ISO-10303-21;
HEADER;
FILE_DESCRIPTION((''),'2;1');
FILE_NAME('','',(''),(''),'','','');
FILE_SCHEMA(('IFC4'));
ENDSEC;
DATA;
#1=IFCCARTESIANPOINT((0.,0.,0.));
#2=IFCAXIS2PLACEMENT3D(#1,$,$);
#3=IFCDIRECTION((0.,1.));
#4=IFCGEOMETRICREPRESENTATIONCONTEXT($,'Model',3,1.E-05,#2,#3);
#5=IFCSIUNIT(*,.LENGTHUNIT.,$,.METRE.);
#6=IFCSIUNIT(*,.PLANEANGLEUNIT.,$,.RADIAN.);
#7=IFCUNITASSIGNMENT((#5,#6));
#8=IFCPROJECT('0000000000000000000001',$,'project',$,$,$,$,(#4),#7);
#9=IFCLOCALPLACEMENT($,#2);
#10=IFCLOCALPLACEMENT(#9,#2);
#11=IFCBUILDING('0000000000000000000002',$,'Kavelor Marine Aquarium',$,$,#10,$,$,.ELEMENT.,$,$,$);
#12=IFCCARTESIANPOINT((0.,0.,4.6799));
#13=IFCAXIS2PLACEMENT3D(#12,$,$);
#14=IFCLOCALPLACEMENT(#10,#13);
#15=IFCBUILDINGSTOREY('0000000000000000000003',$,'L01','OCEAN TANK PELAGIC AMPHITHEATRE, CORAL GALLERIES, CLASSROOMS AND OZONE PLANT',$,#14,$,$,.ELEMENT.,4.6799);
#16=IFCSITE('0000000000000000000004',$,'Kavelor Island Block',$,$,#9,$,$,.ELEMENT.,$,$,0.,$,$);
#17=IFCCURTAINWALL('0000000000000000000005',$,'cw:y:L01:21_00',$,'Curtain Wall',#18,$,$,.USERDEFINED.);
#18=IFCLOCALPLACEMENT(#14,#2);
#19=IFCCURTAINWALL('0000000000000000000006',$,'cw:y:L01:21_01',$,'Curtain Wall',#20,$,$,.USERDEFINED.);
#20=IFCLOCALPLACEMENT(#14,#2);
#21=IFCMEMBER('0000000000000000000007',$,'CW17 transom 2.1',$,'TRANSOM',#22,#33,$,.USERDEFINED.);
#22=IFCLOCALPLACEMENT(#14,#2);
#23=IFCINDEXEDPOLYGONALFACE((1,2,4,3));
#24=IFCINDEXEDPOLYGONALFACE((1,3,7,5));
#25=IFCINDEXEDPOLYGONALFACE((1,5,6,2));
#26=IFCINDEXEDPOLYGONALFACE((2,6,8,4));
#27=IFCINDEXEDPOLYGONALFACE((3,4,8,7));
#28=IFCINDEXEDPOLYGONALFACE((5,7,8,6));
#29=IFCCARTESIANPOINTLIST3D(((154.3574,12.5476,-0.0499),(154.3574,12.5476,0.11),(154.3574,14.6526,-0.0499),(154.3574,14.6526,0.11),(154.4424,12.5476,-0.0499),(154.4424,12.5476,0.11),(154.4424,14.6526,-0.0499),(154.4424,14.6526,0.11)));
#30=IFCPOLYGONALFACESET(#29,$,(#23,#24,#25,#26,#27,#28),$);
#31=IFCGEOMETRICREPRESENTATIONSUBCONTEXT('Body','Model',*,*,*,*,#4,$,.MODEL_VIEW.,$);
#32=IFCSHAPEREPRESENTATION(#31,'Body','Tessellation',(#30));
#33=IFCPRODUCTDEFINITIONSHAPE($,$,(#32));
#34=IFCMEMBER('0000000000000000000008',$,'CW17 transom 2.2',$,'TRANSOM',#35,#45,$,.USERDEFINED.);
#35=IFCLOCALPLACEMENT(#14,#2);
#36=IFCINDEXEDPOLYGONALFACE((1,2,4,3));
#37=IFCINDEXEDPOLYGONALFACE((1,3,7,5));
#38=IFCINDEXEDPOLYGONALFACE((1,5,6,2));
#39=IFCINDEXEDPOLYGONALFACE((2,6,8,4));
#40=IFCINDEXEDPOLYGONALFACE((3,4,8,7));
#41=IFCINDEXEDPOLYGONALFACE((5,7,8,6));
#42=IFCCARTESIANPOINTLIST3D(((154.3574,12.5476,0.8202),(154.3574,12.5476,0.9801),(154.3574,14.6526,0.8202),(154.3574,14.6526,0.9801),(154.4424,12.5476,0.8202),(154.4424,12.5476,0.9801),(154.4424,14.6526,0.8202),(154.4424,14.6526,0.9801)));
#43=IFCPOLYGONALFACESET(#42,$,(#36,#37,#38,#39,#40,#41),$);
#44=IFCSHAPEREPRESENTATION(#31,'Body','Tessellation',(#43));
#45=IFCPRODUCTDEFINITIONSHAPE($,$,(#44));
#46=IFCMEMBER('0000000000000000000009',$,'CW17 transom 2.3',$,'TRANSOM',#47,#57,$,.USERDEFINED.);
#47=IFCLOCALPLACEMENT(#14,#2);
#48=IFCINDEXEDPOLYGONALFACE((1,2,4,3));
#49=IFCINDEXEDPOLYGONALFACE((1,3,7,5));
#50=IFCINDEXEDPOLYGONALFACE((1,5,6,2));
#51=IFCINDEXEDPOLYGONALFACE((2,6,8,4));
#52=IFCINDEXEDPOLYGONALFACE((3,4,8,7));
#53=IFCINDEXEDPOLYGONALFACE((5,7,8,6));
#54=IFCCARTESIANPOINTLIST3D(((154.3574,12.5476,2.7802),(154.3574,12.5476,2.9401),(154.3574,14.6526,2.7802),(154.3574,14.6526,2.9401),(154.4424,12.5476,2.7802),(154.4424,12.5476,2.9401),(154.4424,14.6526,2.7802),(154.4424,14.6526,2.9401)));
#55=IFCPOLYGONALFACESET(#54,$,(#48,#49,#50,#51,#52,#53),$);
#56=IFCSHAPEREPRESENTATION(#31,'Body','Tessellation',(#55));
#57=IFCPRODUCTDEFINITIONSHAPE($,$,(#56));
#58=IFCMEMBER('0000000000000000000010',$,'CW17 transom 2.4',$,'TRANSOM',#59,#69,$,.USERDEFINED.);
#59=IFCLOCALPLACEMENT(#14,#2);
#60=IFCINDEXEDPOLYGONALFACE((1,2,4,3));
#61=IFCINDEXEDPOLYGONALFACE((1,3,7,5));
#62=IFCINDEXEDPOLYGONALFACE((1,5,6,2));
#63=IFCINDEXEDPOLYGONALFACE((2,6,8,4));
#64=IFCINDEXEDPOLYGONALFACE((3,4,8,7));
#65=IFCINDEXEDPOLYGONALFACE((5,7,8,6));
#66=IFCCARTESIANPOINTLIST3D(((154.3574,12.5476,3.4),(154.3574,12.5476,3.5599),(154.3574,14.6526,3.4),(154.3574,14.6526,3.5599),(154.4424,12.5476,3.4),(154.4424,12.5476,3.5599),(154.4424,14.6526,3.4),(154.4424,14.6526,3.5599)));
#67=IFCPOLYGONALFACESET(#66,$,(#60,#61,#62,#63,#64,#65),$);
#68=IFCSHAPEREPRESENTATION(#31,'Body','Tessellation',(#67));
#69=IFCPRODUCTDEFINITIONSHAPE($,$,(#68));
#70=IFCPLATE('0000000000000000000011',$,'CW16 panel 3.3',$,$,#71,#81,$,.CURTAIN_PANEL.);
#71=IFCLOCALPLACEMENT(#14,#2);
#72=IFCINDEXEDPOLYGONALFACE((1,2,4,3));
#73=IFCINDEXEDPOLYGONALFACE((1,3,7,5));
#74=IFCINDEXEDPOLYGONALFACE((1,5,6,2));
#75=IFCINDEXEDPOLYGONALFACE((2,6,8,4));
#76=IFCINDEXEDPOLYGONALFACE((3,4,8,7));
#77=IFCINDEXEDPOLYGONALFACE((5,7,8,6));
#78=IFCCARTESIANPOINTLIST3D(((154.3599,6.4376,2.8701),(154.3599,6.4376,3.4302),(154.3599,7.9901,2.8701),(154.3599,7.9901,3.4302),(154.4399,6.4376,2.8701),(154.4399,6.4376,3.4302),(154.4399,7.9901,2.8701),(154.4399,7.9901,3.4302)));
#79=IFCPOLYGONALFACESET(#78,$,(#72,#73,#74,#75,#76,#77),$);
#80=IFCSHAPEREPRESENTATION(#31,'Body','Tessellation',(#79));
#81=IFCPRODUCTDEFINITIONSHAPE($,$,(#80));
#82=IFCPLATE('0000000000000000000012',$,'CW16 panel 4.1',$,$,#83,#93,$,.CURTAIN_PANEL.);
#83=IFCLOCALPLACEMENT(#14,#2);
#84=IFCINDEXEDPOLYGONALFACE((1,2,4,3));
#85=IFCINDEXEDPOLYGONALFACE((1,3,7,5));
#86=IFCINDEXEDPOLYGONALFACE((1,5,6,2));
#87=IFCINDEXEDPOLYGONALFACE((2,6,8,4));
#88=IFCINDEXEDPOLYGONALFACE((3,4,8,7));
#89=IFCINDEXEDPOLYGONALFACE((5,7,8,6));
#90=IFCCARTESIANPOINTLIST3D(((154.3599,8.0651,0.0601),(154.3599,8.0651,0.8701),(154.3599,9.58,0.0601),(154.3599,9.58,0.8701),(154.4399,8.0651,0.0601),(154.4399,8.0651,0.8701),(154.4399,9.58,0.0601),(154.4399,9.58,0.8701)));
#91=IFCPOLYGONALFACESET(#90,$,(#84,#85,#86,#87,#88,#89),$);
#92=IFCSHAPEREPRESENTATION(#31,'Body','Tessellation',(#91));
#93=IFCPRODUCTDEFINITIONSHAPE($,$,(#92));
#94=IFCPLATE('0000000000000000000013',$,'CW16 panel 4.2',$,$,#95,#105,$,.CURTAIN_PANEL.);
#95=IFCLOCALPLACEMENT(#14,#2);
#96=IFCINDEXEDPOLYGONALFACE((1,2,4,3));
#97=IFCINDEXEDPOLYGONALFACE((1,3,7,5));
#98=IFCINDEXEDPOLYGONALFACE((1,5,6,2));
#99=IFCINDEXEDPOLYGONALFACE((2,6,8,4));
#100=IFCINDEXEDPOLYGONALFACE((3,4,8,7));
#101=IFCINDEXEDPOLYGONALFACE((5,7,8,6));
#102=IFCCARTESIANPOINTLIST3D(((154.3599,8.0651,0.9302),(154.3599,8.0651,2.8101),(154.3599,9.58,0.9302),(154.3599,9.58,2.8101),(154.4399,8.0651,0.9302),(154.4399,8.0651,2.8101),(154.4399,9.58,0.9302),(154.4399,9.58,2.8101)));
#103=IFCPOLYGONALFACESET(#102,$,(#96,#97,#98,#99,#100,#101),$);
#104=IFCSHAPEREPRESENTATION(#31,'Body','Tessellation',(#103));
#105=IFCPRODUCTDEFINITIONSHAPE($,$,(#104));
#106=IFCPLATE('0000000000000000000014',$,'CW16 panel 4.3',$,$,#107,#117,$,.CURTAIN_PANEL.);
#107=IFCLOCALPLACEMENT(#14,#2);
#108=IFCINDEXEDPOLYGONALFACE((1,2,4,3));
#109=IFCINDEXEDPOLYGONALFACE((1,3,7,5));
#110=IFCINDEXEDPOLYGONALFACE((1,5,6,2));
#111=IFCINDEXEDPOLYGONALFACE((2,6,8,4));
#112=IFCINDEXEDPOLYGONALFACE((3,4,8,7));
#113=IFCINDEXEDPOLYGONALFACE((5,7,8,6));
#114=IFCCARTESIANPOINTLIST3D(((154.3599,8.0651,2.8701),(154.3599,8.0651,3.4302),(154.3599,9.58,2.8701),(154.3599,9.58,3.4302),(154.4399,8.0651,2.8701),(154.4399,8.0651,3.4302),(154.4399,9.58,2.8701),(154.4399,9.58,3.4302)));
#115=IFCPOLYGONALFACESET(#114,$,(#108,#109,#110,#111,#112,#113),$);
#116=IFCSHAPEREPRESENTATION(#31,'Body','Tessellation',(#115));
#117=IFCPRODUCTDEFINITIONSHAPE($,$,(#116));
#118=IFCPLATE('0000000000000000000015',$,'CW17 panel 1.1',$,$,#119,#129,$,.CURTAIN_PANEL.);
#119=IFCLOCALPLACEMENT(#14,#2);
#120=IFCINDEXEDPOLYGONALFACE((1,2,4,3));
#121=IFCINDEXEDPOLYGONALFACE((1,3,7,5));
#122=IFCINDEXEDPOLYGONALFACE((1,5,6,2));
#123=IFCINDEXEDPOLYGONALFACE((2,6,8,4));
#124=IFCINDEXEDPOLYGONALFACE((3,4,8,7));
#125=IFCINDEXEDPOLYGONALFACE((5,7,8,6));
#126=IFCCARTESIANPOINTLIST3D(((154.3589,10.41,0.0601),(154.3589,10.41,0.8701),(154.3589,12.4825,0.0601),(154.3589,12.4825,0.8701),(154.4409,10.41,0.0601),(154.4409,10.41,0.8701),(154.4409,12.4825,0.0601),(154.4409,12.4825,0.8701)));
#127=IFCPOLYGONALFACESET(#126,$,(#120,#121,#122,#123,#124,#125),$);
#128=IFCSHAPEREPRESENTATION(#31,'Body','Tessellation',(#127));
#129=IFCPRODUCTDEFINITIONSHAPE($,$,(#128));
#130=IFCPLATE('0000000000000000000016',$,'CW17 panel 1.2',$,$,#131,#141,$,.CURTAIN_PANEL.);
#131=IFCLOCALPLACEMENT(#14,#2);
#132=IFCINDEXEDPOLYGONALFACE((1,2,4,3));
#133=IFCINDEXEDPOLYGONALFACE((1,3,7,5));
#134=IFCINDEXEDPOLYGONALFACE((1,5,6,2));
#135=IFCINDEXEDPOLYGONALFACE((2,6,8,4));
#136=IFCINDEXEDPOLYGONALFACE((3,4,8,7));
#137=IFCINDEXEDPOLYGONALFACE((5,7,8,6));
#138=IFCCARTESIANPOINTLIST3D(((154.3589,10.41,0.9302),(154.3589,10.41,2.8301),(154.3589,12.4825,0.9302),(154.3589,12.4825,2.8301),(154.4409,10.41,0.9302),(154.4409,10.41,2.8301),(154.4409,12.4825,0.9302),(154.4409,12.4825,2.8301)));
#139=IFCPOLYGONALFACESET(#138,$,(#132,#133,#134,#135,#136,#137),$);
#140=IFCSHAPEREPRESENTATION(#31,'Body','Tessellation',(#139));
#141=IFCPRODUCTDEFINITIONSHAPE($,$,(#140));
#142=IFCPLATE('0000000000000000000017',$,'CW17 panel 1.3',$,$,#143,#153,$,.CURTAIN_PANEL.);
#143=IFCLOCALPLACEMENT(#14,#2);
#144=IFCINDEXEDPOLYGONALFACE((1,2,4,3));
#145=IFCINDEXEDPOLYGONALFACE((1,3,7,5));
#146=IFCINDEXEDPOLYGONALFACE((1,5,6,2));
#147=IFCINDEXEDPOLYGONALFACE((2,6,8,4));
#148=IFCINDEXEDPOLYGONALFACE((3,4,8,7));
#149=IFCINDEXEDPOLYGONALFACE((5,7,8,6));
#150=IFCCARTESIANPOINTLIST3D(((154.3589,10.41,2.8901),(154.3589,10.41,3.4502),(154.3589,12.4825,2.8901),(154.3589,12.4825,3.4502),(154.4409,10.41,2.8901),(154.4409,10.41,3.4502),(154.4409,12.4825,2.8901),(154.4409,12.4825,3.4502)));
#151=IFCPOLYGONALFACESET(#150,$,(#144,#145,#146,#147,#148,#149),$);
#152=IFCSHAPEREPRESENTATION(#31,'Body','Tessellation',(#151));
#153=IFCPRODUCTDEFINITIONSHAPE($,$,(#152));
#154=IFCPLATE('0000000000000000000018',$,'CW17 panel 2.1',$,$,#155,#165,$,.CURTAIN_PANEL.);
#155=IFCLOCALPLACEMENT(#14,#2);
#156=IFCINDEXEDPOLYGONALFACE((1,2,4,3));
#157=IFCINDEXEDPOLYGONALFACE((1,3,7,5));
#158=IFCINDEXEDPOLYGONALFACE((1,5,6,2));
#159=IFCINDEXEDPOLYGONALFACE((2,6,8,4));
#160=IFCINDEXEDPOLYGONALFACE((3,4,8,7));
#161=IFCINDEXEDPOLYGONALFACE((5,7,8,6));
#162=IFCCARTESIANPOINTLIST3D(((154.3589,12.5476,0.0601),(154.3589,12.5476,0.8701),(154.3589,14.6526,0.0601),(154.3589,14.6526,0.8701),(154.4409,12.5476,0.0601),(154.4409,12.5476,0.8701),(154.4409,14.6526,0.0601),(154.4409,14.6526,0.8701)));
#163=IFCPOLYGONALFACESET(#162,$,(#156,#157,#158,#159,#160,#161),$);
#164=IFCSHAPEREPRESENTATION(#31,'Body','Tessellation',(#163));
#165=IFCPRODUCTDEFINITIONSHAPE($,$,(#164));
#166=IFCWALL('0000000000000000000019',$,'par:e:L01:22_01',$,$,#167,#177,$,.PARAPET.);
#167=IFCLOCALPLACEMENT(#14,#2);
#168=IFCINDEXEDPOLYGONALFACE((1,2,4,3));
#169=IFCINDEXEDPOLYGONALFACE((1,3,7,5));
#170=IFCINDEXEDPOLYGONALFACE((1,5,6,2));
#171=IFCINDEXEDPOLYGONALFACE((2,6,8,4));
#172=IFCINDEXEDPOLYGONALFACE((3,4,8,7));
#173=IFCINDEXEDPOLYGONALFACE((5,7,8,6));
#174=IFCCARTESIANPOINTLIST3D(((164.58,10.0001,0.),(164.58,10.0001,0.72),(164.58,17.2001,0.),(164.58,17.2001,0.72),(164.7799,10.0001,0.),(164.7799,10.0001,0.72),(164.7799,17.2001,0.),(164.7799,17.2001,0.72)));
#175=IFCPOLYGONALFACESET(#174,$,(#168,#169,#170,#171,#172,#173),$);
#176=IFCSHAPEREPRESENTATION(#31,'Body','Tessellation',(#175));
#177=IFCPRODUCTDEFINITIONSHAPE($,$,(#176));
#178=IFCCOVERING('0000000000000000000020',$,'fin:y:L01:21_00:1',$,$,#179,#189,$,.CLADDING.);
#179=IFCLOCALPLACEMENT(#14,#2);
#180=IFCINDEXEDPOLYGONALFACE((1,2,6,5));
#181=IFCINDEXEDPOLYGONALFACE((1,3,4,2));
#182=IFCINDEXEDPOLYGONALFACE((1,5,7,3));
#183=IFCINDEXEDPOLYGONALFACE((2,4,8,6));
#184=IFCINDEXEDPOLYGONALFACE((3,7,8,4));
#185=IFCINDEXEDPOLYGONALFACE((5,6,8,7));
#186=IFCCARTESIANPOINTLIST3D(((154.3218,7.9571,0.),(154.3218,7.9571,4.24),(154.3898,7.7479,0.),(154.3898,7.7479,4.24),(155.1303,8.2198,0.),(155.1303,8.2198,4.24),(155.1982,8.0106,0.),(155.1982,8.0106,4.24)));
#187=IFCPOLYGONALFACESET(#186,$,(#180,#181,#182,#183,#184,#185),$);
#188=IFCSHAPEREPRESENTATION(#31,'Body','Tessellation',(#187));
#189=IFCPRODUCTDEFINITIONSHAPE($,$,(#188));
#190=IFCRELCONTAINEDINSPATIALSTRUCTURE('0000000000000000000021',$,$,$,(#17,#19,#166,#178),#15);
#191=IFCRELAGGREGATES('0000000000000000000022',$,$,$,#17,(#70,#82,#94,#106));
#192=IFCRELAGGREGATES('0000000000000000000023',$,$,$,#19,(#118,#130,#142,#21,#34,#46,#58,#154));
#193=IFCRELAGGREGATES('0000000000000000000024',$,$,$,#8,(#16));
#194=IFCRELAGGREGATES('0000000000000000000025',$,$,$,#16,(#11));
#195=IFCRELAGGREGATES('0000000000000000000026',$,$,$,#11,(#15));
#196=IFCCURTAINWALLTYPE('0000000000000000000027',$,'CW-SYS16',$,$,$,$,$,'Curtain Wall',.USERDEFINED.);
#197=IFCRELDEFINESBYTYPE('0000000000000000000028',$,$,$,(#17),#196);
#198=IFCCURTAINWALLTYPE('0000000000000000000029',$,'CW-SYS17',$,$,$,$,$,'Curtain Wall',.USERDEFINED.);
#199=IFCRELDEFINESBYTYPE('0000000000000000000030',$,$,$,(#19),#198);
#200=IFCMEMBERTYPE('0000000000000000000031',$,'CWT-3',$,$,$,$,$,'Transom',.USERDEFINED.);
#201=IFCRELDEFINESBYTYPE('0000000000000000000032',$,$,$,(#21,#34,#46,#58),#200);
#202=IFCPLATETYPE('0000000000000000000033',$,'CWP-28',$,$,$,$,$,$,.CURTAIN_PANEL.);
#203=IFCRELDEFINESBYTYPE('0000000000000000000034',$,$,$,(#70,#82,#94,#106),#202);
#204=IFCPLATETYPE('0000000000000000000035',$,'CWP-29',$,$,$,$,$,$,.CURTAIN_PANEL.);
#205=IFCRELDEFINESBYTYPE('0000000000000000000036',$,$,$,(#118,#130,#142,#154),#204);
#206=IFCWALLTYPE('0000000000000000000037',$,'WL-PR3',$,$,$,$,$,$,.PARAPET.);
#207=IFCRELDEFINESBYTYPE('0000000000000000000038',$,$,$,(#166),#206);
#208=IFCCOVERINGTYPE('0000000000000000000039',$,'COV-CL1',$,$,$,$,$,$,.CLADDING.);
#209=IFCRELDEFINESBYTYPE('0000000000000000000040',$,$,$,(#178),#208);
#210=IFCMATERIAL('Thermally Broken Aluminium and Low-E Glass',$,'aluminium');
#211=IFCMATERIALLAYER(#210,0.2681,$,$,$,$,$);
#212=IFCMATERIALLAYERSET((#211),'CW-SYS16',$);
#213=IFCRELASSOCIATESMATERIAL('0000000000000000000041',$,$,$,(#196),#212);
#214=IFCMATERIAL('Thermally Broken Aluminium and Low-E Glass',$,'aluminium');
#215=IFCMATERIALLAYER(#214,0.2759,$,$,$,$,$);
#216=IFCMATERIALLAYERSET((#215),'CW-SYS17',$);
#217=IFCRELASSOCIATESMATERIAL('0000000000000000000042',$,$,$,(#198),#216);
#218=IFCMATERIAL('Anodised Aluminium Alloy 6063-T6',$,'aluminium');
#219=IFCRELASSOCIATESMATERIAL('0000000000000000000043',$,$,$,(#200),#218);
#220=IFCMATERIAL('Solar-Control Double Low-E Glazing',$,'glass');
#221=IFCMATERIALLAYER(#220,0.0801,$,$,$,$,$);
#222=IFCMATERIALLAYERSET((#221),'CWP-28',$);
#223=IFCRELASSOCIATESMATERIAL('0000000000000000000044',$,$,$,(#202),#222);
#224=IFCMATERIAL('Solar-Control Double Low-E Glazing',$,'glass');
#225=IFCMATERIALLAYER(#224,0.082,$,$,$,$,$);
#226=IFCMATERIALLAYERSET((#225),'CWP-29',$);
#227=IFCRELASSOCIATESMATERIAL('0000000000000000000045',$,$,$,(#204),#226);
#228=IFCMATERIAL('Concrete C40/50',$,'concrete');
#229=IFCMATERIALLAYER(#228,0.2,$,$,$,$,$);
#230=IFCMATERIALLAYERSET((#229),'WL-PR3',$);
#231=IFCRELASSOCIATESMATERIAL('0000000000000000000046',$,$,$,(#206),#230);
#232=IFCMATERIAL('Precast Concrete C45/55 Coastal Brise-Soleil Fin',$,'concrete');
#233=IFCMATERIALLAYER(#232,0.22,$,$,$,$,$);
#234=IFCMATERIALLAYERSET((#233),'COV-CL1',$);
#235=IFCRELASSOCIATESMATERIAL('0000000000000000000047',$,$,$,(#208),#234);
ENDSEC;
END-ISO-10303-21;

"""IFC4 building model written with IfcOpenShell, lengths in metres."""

from ifc_helpers import new_model, si_unit, direction, frame, frame_2d, origin, origin_2d, place, context, subcontext, project, spatial, rectangle, extrude, material, layer, layer_set, material_profile, profile_set, type_object, element, aggregate, save


model = new_model("IFC4")

# Units and contexts
model_context = context("Model", 3, precision=1e-05, world=origin(), true_north=direction((0.0, 1.0)))
body_context = subcontext(model_context, "Body", "Model", "MODEL_VIEW")
ifc_project = project(units=[si_unit("LENGTHUNIT", "METRE"), si_unit("PLANEANGLEUNIT", "RADIAN")], contexts=[model_context])

# Site, building, storey
site_placement = place(None, origin())
site = spatial("IfcSite", under=ifc_project, at=site_placement, Name="Kavelor Island Block", CompositionType="ELEMENT", RefElevation=0.0)
building_placement = place(site_placement, origin())
building = spatial("IfcBuilding", under=site, at=building_placement, Name="Kavelor Marine Aquarium", CompositionType="ELEMENT")
storey_placement = place(building_placement, frame((0.0, 0.0, 4.6799)))
storey = spatial("IfcBuildingStorey", under=building, at=storey_placement, Name="L01", Description="OCEAN TANK PELAGIC AMPHITHEATRE, CORAL GALLERIES, CLASSROOMS AND OZONE PLANT", CompositionType="ELEMENT", Elevation=4.6799)

# Curtain walls
ifc_material_1 = material(Name="Thermally Broken Aluminium and Low-E Glass", Category="aluminium")
ifc_layer_1 = layer(ifc_material_1, 0.2681)
ifc_layer_set_1 = layer_set([ifc_layer_1], Name="CW-SYS16")
curtain_wall_type_1 = type_object("IfcCurtainWallType", Name="CW-SYS16", ElementType="Curtain Wall", PredefinedType="USERDEFINED", material=ifc_layer_set_1)
curtain_wall_1_placement = place(storey_placement, origin())
curtain_wall_1 = element("IfcCurtainWall", 1, at=curtain_wall_1_placement, inside=storey, type_object=curtain_wall_type_1, Name="cw:y:L01:21_00", ObjectType="Curtain Wall", PredefinedType="USERDEFINED")
ifc_material_2 = material(Name="Thermally Broken Aluminium and Low-E Glass", Category="aluminium")
ifc_layer_2 = layer(ifc_material_2, 0.2759)
ifc_layer_set_2 = layer_set([ifc_layer_2], Name="CW-SYS17")
curtain_wall_type_2 = type_object("IfcCurtainWallType", Name="CW-SYS17", ElementType="Curtain Wall", PredefinedType="USERDEFINED", material=ifc_layer_set_2)
curtain_wall_2_placement = place(storey_placement, origin())
curtain_wall_2 = element("IfcCurtainWall", 2, at=curtain_wall_2_placement, inside=storey, type_object=curtain_wall_type_2, Name="cw:y:L01:21_01", ObjectType="Curtain Wall", PredefinedType="USERDEFINED")

# Members
ifc_material_3 = material(Name="Anodised Aluminium Alloy 6063-T6", Category="aluminium")
ifc_material_profile_1 = material_profile(ifc_material_3, rectangle(XDim=0.085, YDim=0.1599, at=origin_2d()), Name="CW-TRN 85x160")
ifc_profile_set_1 = profile_set([ifc_material_profile_1], Name="Anodised Aluminium Alloy 6063-T6")
member_type_1 = type_object("IfcMemberType", Name="CWT-3", ElementType="Transom", PredefinedType="USERDEFINED", material=ifc_profile_set_1)
member_1_placement = place(storey_placement, frame((154.3999, 12.5476, 0.03), z_axis=(0.0, 1.0, 0.0), x_axis=(-1.0, 0.0, 0.0)))
member_1 = element("IfcMember", 3, at=member_1_placement, type_object=member_type_1, Name="CW17 transom 2.1", ObjectType="TRANSOM", PredefinedType="USERDEFINED", context=body_context, shape_type="SweptSolid", body=[
    extrude(rectangle(XDim=0.085, YDim=0.1599, at=origin_2d()), origin(), (0.0, 0.0, 1.0), 2.105),
])
member_2_placement = place(storey_placement, frame((154.3999, 12.5476, 0.9001), z_axis=(0.0, 1.0, 0.0), x_axis=(-1.0, 0.0, 0.0)))
member_2 = element("IfcMember", 4, at=member_2_placement, type_object=member_type_1, Name="CW17 transom 2.2", ObjectType="TRANSOM", PredefinedType="USERDEFINED", context=body_context, shape_type="SweptSolid", body=[
    extrude(rectangle(XDim=0.085, YDim=0.1599, at=origin_2d()), origin(), (0.0, 0.0, 1.0), 2.105),
])
member_3_placement = place(storey_placement, frame((154.3999, 12.5476, 2.8601), z_axis=(0.0, 1.0, 0.0), x_axis=(-1.0, 0.0, 0.0)))
member_3 = element("IfcMember", 5, at=member_3_placement, type_object=member_type_1, Name="CW17 transom 2.3", ObjectType="TRANSOM", PredefinedType="USERDEFINED", context=body_context, shape_type="SweptSolid", body=[
    extrude(rectangle(XDim=0.085, YDim=0.1599, at=origin_2d()), origin(), (0.0, 0.0, 1.0), 2.105),
])
member_4_placement = place(storey_placement, frame((154.3999, 12.5476, 3.48), z_axis=(0.0, 1.0, 0.0), x_axis=(-1.0, 0.0, 0.0)))
member_4 = element("IfcMember", 6, at=member_4_placement, type_object=member_type_1, Name="CW17 transom 2.4", ObjectType="TRANSOM", PredefinedType="USERDEFINED", context=body_context, shape_type="SweptSolid", body=[
    extrude(rectangle(XDim=0.085, YDim=0.1599, at=origin_2d()), origin(), (0.0, 0.0, 1.0), 2.105),
])

# Plates
ifc_material_4 = material(Name="Solar-Control Double Low-E Glazing", Category="glass")
ifc_layer_3 = layer(ifc_material_4, 0.0801)
ifc_layer_set_3 = layer_set([ifc_layer_3], Name="CWP-28")
plate_type_1 = type_object("IfcPlateType", Name="CWP-28", PredefinedType="CURTAIN_PANEL", material=ifc_layer_set_3)
plate_1_placement = place(storey_placement, frame((154.3999, 7.2139, 2.8701), z_axis=(0.0, 0.0, 1.0), x_axis=(0.0, 1.0, 0.0)))
plate_1 = element("IfcPlate", 7, at=plate_1_placement, type_object=plate_type_1, Name="CW16 panel 3.3", PredefinedType="CURTAIN_PANEL", context=body_context, shape_type="SweptSolid", body=[
    extrude(rectangle(XDim=1.5525, YDim=0.0801, at=origin_2d()), origin(), (0.0, 0.0, 1.0), 0.5601),
])
plate_2_placement = place(storey_placement, frame((154.3999, 8.8225, 0.0601), z_axis=(0.0, 0.0, 1.0), x_axis=(0.0, 1.0, 0.0)))
plate_2 = element("IfcPlate", 8, at=plate_2_placement, type_object=plate_type_1, Name="CW16 panel 4.1", PredefinedType="CURTAIN_PANEL", context=body_context, shape_type="SweptSolid", body=[
    extrude(rectangle(XDim=1.5149, YDim=0.0801, at=origin_2d()), origin(), (0.0, 0.0, 1.0), 0.8101),
])
plate_3_placement = place(storey_placement, frame((154.3999, 8.8225, 0.9302), z_axis=(0.0, 0.0, 1.0), x_axis=(0.0, 1.0, 0.0)))
plate_3 = element("IfcPlate", 9, at=plate_3_placement, type_object=plate_type_1, Name="CW16 panel 4.2", PredefinedType="CURTAIN_PANEL", context=body_context, shape_type="SweptSolid", body=[
    extrude(rectangle(XDim=1.5149, YDim=0.0801, at=origin_2d()), origin(), (0.0, 0.0, 1.0), 1.8799),
])
plate_4_placement = place(storey_placement, frame((154.3999, 8.8225, 2.8701), z_axis=(0.0, 0.0, 1.0), x_axis=(0.0, 1.0, 0.0)))
plate_4 = element("IfcPlate", 10, at=plate_4_placement, type_object=plate_type_1, Name="CW16 panel 4.3", PredefinedType="CURTAIN_PANEL", context=body_context, shape_type="SweptSolid", body=[
    extrude(rectangle(XDim=1.5149, YDim=0.0801, at=origin_2d()), origin(), (0.0, 0.0, 1.0), 0.5601),
])
aggregate(curtain_wall_1, [plate_1, plate_2, plate_3, plate_4])
ifc_material_5 = material(Name="Solar-Control Double Low-E Glazing", Category="glass")
ifc_layer_4 = layer(ifc_material_5, 0.082)
ifc_layer_set_4 = layer_set([ifc_layer_4], Name="CWP-29")
plate_type_2 = type_object("IfcPlateType", Name="CWP-29", PredefinedType="CURTAIN_PANEL", material=ifc_layer_set_4)
plate_5_placement = place(storey_placement, frame((154.3999, 11.4463, 0.0601), z_axis=(0.0, 0.0, 1.0), x_axis=(0.0, 1.0, 0.0)))
plate_5 = element("IfcPlate", 11, at=plate_5_placement, type_object=plate_type_2, Name="CW17 panel 1.1", PredefinedType="CURTAIN_PANEL", context=body_context, shape_type="SweptSolid", body=[
    extrude(rectangle(XDim=2.0725, YDim=0.082, at=origin_2d()), origin(), (0.0, 0.0, 1.0), 0.8101),
])
plate_6_placement = place(storey_placement, frame((154.3999, 11.4463, 0.9302), z_axis=(0.0, 0.0, 1.0), x_axis=(0.0, 1.0, 0.0)))
plate_6 = element("IfcPlate", 12, at=plate_6_placement, type_object=plate_type_2, Name="CW17 panel 1.2", PredefinedType="CURTAIN_PANEL", context=body_context, shape_type="SweptSolid", body=[
    extrude(rectangle(XDim=2.0725, YDim=0.082, at=origin_2d()), origin(), (0.0, 0.0, 1.0), 1.8999),
])
plate_7_placement = place(storey_placement, frame((154.3999, 11.4463, 2.8901), z_axis=(0.0, 0.0, 1.0), x_axis=(0.0, 1.0, 0.0)))
plate_7 = element("IfcPlate", 13, at=plate_7_placement, type_object=plate_type_2, Name="CW17 panel 1.3", PredefinedType="CURTAIN_PANEL", context=body_context, shape_type="SweptSolid", body=[
    extrude(rectangle(XDim=2.0725, YDim=0.082, at=origin_2d()), origin(), (0.0, 0.0, 1.0), 0.5601),
])
plate_8_placement = place(storey_placement, frame((154.3999, 13.6001, 0.0601), z_axis=(0.0, 0.0, 1.0), x_axis=(0.0, 1.0, 0.0)))
plate_8 = element("IfcPlate", 14, at=plate_8_placement, type_object=plate_type_2, Name="CW17 panel 2.1", PredefinedType="CURTAIN_PANEL", context=body_context, shape_type="SweptSolid", body=[
    extrude(rectangle(XDim=2.105, YDim=0.082, at=origin_2d()), origin(), (0.0, 0.0, 1.0), 0.8101),
])
aggregate(curtain_wall_2, [plate_5, plate_6, plate_7, member_1, member_2, member_3, member_4, plate_8])

# Wall
ifc_material_6 = material(Name="Concrete C40/50", Category="concrete")
ifc_layer_5 = layer(ifc_material_6, 0.2)
ifc_layer_set_5 = layer_set([ifc_layer_5], Name="WL-PR3")
wall_type = type_object("IfcWallType", Name="WL-PR3", PredefinedType="PARAPET", material=ifc_layer_set_5)
wall_placement = place(storey_placement, frame((164.6799, 10.0, 0.0), z_axis=(0.0, 0.0, 1.0), x_axis=(0.0, 1.0, 0.0)))
element("IfcWall", 15, at=wall_placement, inside=storey, type_object=wall_type, Name="par:e:L01:22_01", PredefinedType="PARAPET", context=body_context, shape_type="SweptSolid", body=[
    extrude(rectangle(XDim=7.2, YDim=0.2, at=frame_2d((3.6001, 0.0))), origin(), (0.0, 0.0, 1.0), 0.72),
])

# Covering
ifc_material_7 = material(Name="Precast Concrete C45/55 Coastal Brise-Soleil Fin", Category="concrete")
ifc_layer_6 = layer(ifc_material_7, 0.22)
ifc_layer_set_6 = layer_set([ifc_layer_6], Name="COV-CL1")
covering_type = type_object("IfcCoveringType", Name="COV-CL1", PredefinedType="CLADDING", material=ifc_layer_set_6)
for number, where, z_axis, x_axis, name in (
    (16, (154.76, 7.9839, 0.0), (0.0, 0.0, 1.0), (0.951057, 0.309017, 0.0), "fin:y:L01:21_00:1"),
):
    element("IfcCovering", number, at=place(storey_placement, frame(where, z_axis=z_axis, x_axis=x_axis)), inside=storey, type_object=covering_type, Name=name, PredefinedType="CLADDING", context=body_context, shape_type="SweptSolid", body=[
        extrude(rectangle(XDim=0.8501, YDim=0.22, at=origin_2d()), origin(), (0.0, 0.0, 1.0), 4.24),
    ])

save(model, "model.ifc")
